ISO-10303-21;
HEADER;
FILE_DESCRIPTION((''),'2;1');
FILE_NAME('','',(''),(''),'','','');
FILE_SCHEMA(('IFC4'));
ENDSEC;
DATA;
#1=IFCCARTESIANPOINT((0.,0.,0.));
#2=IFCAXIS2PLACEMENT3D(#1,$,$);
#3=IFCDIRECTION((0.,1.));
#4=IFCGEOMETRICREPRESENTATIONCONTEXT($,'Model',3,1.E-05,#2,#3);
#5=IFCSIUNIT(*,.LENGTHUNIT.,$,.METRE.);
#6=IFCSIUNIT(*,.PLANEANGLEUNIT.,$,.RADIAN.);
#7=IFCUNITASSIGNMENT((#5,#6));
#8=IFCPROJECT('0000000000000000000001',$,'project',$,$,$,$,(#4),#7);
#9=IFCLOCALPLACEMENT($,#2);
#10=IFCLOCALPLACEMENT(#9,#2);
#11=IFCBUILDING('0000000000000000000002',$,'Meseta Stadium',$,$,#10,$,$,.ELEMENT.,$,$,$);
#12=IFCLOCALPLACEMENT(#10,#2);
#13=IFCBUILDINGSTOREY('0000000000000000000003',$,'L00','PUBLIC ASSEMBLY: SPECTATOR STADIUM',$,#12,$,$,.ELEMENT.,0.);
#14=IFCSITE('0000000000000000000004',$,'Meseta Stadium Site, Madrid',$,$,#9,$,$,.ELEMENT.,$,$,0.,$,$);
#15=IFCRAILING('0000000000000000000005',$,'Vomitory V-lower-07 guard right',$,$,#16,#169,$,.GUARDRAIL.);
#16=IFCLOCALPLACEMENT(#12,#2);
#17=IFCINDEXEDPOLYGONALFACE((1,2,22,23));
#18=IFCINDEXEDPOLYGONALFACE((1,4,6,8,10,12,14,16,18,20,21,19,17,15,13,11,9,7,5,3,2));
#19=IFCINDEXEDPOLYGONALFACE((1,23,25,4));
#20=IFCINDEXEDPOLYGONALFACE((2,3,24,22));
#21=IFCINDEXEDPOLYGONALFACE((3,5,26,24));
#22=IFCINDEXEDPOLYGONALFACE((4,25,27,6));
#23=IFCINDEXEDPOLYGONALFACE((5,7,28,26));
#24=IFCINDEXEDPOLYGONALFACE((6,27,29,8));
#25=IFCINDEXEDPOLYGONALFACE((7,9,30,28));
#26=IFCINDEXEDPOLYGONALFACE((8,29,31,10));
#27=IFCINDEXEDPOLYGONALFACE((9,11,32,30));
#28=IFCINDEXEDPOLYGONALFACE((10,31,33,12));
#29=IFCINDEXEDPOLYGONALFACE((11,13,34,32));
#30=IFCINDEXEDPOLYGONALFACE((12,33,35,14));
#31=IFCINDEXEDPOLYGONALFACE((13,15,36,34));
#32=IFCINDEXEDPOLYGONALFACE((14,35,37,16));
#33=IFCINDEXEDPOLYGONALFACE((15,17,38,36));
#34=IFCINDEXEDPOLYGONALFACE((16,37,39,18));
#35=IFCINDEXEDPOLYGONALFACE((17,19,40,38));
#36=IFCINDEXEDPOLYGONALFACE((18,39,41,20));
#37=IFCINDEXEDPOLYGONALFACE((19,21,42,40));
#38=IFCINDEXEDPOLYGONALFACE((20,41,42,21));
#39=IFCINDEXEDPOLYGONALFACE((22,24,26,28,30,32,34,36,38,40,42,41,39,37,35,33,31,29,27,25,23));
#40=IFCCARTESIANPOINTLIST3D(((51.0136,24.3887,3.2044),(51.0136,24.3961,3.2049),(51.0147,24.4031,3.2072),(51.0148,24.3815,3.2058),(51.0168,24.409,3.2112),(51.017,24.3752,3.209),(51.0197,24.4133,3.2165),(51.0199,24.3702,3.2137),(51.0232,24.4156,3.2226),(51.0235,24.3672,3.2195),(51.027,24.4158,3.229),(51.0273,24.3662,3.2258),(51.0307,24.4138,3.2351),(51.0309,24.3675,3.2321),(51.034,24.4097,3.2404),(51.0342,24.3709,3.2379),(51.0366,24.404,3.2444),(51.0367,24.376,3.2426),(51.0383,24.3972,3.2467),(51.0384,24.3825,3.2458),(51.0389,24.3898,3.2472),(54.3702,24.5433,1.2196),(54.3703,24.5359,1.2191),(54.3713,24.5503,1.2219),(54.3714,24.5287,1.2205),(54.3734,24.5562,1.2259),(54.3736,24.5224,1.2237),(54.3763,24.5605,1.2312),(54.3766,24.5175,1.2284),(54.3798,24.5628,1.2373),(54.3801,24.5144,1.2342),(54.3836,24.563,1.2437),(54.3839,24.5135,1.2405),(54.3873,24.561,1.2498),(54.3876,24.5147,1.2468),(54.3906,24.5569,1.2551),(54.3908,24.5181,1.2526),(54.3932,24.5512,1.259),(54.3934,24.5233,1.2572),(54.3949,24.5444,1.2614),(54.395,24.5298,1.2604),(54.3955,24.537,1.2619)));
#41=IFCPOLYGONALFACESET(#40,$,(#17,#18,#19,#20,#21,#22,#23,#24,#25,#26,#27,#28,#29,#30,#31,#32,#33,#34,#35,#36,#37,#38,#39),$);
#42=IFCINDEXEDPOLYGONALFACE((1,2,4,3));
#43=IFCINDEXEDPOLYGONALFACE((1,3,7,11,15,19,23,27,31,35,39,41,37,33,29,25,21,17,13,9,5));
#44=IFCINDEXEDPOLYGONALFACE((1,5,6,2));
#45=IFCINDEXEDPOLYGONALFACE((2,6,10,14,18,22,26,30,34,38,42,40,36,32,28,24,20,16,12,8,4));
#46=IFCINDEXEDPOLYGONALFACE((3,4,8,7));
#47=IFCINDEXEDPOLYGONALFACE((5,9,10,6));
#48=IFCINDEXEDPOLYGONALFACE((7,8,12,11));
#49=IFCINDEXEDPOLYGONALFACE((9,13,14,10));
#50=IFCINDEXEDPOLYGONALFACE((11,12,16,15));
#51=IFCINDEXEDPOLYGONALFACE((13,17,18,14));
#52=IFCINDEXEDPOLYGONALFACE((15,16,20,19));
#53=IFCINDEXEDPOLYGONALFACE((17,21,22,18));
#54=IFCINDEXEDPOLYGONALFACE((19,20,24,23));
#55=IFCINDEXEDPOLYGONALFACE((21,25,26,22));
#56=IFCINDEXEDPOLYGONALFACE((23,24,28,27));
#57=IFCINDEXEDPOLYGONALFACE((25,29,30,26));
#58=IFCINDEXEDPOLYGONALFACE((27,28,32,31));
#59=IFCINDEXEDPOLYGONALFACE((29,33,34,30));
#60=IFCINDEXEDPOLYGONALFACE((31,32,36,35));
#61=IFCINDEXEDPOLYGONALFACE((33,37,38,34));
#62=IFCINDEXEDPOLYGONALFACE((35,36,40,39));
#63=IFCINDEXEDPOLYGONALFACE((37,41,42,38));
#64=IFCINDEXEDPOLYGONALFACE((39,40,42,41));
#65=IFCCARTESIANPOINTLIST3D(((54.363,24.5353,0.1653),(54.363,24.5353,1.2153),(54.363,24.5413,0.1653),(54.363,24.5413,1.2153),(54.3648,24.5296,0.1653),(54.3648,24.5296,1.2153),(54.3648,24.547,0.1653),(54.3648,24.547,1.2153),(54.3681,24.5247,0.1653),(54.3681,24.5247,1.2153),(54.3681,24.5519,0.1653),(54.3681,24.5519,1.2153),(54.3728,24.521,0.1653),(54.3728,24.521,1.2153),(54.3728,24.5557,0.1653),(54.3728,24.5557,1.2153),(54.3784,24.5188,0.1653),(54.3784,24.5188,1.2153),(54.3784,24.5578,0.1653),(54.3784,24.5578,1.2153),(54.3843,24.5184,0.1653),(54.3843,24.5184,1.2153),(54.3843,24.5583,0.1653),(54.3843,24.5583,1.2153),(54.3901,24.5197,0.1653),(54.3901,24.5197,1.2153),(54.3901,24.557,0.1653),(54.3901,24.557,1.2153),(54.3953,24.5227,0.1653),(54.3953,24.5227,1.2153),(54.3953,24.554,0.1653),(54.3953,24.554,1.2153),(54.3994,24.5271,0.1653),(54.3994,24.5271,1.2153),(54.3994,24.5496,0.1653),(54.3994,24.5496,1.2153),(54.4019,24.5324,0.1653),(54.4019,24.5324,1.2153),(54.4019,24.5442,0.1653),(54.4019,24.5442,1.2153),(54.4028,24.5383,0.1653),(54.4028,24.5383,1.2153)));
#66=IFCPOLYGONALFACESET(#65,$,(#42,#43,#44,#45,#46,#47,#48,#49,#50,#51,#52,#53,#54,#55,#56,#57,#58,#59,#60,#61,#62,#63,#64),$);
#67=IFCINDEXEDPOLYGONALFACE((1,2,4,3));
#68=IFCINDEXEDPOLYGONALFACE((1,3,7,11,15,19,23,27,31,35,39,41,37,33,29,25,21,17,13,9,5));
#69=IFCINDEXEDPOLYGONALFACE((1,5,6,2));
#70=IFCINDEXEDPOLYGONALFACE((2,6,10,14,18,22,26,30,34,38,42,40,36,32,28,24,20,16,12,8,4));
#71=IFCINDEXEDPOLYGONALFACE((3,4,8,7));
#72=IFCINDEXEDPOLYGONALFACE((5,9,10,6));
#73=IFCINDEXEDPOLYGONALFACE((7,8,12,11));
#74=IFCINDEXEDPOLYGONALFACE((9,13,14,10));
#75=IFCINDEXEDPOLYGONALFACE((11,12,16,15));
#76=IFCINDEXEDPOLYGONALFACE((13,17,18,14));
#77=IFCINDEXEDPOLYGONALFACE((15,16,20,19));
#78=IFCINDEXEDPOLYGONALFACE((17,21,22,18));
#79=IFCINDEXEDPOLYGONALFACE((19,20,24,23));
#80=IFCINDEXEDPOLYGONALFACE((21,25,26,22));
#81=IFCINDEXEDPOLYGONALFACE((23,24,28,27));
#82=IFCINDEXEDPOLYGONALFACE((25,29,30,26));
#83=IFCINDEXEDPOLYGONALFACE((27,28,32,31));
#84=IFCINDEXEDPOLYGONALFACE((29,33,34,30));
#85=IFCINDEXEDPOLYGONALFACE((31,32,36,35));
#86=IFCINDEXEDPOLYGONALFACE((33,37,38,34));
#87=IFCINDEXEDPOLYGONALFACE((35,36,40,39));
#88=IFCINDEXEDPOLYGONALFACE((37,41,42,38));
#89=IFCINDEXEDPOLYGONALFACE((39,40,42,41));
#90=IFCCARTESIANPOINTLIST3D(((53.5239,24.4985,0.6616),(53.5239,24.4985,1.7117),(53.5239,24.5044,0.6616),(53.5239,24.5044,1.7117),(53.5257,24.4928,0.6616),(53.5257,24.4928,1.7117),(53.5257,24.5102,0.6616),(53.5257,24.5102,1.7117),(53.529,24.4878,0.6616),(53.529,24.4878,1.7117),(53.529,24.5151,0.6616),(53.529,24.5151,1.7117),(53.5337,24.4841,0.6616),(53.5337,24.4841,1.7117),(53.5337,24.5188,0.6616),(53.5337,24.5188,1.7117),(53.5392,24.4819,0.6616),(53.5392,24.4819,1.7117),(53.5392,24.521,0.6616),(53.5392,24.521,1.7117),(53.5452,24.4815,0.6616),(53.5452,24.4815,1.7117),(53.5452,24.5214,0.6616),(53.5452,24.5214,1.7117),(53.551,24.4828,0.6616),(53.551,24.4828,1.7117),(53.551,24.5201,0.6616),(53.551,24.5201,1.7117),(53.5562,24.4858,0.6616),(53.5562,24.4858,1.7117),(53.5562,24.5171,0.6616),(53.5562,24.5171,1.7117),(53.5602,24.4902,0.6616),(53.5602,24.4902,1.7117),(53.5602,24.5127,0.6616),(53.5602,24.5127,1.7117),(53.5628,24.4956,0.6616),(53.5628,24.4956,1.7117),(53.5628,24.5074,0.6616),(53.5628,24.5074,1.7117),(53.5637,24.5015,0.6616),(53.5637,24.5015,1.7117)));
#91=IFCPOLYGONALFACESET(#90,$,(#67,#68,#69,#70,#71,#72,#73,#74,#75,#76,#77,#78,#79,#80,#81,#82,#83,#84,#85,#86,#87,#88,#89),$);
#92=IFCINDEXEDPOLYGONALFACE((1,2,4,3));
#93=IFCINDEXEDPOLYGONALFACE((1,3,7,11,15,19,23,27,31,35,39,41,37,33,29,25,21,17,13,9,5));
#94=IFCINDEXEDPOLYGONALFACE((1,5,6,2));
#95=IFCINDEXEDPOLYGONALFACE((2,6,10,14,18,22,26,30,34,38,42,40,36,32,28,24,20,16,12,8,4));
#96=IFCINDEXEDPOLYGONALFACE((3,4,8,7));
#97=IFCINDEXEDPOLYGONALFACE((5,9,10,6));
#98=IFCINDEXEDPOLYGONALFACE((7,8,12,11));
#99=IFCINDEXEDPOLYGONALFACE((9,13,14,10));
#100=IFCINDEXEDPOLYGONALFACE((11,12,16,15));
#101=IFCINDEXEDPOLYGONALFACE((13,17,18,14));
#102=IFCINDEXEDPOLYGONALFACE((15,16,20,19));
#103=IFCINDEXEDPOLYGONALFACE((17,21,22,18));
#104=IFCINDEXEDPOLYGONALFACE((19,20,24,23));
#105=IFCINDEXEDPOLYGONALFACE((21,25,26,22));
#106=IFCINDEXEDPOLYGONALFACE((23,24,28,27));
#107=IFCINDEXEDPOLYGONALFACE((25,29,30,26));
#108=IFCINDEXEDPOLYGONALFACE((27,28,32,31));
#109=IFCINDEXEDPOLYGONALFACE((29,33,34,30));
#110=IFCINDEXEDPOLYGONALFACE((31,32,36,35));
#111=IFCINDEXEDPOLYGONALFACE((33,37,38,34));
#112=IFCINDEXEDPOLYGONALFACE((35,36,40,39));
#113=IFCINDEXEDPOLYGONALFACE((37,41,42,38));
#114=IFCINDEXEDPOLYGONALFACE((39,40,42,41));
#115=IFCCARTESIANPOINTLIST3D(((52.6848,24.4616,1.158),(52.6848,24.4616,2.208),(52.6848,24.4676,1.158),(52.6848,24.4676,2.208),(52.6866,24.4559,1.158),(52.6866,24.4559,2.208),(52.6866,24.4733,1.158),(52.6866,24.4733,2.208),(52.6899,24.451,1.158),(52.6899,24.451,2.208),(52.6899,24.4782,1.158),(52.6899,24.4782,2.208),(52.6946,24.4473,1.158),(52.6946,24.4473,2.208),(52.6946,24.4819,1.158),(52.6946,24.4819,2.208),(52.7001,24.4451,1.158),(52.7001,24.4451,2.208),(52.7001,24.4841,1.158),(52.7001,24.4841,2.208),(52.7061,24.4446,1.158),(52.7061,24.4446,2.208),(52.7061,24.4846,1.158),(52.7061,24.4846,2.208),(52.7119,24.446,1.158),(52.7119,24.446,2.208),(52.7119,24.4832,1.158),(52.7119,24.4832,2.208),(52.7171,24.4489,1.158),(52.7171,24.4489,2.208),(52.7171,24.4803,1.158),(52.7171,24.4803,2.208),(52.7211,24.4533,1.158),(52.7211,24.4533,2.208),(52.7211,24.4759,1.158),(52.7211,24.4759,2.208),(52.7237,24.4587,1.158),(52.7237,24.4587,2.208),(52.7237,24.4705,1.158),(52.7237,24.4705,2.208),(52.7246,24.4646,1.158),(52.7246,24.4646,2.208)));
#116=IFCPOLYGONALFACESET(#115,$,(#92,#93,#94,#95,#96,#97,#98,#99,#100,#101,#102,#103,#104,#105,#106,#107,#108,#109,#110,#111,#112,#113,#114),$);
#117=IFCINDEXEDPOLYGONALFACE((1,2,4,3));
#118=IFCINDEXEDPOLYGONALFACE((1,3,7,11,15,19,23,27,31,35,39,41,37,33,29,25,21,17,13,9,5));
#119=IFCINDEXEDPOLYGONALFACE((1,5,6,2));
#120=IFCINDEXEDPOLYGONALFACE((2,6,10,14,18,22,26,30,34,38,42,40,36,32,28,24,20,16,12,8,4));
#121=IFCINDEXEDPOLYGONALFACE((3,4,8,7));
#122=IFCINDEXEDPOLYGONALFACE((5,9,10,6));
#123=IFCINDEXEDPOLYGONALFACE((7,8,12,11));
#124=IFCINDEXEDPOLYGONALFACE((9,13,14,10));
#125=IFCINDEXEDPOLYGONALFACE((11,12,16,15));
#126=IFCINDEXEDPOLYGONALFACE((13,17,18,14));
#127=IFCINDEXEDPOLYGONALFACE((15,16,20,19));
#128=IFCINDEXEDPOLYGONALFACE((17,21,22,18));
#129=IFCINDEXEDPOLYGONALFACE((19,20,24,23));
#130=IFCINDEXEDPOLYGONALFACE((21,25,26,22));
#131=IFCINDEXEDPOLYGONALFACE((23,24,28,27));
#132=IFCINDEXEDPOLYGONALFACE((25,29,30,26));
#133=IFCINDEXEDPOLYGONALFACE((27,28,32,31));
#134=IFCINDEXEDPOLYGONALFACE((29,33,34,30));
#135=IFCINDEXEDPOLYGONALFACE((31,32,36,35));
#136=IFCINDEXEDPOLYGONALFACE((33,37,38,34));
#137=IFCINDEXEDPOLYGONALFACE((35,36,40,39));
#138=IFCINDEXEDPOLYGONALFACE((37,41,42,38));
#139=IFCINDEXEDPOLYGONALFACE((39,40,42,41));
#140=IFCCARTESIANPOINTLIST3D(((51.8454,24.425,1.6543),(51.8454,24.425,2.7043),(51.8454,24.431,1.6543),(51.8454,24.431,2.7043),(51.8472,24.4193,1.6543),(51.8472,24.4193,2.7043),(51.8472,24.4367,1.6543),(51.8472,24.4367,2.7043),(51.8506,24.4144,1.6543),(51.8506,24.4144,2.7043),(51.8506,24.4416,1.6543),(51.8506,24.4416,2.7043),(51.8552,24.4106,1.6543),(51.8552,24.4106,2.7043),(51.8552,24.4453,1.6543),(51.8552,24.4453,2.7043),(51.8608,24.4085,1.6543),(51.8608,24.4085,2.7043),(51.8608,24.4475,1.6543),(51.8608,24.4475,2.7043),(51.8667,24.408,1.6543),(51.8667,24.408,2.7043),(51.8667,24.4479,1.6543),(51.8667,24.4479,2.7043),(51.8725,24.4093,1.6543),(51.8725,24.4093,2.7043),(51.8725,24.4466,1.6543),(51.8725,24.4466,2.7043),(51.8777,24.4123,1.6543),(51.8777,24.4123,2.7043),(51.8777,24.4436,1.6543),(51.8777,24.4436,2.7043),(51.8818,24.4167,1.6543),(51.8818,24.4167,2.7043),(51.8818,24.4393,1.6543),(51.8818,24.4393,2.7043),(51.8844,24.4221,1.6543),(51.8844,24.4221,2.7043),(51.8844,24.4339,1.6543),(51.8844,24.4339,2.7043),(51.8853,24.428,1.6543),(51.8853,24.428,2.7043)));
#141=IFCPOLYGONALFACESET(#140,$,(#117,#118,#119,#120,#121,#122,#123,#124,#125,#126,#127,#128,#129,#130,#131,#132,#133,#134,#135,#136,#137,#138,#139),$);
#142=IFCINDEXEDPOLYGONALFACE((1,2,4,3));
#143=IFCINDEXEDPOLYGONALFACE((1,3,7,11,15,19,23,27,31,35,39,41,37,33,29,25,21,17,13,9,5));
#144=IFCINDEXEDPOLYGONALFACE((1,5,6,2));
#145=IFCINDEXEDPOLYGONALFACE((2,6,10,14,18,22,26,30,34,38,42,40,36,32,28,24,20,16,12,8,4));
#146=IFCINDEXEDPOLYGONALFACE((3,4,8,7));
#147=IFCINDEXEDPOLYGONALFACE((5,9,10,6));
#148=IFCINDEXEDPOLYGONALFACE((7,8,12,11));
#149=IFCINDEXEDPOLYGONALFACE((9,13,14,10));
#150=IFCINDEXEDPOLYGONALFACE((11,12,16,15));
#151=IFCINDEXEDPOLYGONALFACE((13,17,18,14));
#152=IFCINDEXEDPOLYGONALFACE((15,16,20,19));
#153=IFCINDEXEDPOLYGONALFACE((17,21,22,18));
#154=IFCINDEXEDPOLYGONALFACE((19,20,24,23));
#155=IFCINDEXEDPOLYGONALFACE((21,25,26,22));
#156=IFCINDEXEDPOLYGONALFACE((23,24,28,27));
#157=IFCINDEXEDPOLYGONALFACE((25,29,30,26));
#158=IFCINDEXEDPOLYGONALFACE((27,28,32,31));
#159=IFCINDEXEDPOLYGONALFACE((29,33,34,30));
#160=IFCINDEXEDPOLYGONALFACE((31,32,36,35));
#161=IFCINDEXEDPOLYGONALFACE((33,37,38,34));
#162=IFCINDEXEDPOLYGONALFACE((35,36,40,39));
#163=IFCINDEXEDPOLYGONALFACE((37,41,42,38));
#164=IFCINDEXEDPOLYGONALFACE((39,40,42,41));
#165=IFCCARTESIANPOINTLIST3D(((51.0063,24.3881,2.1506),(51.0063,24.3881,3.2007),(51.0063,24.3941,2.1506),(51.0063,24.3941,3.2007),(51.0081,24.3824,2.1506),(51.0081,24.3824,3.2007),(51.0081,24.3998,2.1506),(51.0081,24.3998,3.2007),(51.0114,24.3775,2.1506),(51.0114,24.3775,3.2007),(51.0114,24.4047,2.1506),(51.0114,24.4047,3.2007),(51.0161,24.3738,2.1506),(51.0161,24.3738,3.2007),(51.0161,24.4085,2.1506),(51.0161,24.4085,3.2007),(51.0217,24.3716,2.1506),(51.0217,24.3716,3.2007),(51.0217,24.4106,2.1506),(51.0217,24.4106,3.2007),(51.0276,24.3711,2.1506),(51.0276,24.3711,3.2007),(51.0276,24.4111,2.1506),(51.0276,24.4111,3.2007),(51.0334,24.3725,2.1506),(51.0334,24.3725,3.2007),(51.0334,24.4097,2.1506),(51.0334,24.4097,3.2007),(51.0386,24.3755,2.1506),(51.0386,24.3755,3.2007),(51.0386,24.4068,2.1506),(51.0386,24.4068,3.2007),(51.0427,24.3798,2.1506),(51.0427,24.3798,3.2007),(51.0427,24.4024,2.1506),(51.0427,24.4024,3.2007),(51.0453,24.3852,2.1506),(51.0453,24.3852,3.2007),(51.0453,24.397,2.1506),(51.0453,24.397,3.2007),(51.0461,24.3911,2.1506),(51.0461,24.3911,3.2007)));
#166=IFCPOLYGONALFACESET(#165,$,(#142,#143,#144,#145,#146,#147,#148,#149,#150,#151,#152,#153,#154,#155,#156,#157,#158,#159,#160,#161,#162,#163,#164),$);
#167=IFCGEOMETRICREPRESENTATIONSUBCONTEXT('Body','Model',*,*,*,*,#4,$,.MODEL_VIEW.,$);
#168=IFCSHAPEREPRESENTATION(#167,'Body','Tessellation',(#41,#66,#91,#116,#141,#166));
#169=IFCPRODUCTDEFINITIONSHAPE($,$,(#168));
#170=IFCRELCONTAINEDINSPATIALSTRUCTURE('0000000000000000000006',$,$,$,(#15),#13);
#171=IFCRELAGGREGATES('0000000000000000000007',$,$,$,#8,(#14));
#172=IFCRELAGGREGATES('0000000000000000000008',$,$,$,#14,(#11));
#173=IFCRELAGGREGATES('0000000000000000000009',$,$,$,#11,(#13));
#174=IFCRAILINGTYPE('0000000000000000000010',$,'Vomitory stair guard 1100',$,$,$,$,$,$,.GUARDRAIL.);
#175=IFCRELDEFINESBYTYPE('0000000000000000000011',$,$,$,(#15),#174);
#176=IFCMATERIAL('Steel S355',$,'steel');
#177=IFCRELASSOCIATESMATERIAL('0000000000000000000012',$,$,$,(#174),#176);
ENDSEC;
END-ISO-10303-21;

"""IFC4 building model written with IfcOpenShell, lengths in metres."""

from ifc_helpers import new_model, si_unit, direction, frame, origin, origin_2d, place, context, subcontext, project, spatial, circle, extrude, material, type_object, element, save


model = new_model("IFC4")

# Units and contexts
model_context = context("Model", 3, precision=1e-05, world=origin(), true_north=direction((0.0, 1.0)))
body_context = subcontext(model_context, "Body", "Model", "MODEL_VIEW")
ifc_project = project(units=[si_unit("LENGTHUNIT", "METRE"), si_unit("PLANEANGLEUNIT", "RADIAN")], contexts=[model_context])

# Site, building, storey
site_placement = place(None, origin())
site = spatial("IfcSite", under=ifc_project, at=site_placement, Name="Meseta Stadium Site, Madrid", CompositionType="ELEMENT", RefElevation=0.0)
building_placement = place(site_placement, origin())
building = spatial("IfcBuilding", under=site, at=building_placement, Name="Meseta Stadium", CompositionType="ELEMENT")
storey_placement = place(building_placement, origin())
storey = spatial("IfcBuildingStorey", under=building, at=storey_placement, Name="L00", Description="PUBLIC ASSEMBLY: SPECTATOR STADIUM", CompositionType="ELEMENT", Elevation=0.0)

# Railing
ifc_material_1 = material(Name="Steel S355", Category="steel")
railing_type_1 = type_object("IfcRailingType", Name="Vomitory stair guard 1100", PredefinedType="GUARDRAIL", material=ifc_material_1)
for number, where, name in (
    (1, (54.3828, 24.5383, 0.1653), "Vomitory V-lower-07 guard right"),
):
    element("IfcRailing", number, at=place(storey_placement, frame(where)), inside=storey, type_object=railing_type_1, Name=name, PredefinedType="GUARDRAIL", context=body_context, shape_type="SweptSolid", body=[
        extrude(circle(Radius=0.0249, at=origin_2d()), frame((0.0, 0.0, 1.0752), z_axis=(-0.860106, -0.037722, 0.508719), x_axis=(0.043816, -0.99904, 0.0)), (0.0, 0.0, 1.0), 3.9026),
        extrude(circle(Radius=0.02, at=origin_2d()), origin(), (0.0, 0.0, 1.0), 1.05),
        extrude(circle(Radius=0.02, at=origin_2d()), frame((-0.8391, -0.0369, 0.4963)), (0.0, 0.0, 1.0), 1.05),
        extrude(circle(Radius=0.02, at=origin_2d()), frame((-1.6782, -0.0737, 0.9927)), (0.0, 0.0, 1.0), 1.05),
        extrude(circle(Radius=0.02, at=origin_2d()), frame((-2.5176, -0.1104, 1.489)), (0.0, 0.0, 1.0), 1.05),
        extrude(circle(Radius=0.02, at=origin_2d()), frame((-3.3567, -0.1472, 1.9854)), (0.0, 0.0, 1.0), 1.05),
    ])

save(model, "model.ifc")
